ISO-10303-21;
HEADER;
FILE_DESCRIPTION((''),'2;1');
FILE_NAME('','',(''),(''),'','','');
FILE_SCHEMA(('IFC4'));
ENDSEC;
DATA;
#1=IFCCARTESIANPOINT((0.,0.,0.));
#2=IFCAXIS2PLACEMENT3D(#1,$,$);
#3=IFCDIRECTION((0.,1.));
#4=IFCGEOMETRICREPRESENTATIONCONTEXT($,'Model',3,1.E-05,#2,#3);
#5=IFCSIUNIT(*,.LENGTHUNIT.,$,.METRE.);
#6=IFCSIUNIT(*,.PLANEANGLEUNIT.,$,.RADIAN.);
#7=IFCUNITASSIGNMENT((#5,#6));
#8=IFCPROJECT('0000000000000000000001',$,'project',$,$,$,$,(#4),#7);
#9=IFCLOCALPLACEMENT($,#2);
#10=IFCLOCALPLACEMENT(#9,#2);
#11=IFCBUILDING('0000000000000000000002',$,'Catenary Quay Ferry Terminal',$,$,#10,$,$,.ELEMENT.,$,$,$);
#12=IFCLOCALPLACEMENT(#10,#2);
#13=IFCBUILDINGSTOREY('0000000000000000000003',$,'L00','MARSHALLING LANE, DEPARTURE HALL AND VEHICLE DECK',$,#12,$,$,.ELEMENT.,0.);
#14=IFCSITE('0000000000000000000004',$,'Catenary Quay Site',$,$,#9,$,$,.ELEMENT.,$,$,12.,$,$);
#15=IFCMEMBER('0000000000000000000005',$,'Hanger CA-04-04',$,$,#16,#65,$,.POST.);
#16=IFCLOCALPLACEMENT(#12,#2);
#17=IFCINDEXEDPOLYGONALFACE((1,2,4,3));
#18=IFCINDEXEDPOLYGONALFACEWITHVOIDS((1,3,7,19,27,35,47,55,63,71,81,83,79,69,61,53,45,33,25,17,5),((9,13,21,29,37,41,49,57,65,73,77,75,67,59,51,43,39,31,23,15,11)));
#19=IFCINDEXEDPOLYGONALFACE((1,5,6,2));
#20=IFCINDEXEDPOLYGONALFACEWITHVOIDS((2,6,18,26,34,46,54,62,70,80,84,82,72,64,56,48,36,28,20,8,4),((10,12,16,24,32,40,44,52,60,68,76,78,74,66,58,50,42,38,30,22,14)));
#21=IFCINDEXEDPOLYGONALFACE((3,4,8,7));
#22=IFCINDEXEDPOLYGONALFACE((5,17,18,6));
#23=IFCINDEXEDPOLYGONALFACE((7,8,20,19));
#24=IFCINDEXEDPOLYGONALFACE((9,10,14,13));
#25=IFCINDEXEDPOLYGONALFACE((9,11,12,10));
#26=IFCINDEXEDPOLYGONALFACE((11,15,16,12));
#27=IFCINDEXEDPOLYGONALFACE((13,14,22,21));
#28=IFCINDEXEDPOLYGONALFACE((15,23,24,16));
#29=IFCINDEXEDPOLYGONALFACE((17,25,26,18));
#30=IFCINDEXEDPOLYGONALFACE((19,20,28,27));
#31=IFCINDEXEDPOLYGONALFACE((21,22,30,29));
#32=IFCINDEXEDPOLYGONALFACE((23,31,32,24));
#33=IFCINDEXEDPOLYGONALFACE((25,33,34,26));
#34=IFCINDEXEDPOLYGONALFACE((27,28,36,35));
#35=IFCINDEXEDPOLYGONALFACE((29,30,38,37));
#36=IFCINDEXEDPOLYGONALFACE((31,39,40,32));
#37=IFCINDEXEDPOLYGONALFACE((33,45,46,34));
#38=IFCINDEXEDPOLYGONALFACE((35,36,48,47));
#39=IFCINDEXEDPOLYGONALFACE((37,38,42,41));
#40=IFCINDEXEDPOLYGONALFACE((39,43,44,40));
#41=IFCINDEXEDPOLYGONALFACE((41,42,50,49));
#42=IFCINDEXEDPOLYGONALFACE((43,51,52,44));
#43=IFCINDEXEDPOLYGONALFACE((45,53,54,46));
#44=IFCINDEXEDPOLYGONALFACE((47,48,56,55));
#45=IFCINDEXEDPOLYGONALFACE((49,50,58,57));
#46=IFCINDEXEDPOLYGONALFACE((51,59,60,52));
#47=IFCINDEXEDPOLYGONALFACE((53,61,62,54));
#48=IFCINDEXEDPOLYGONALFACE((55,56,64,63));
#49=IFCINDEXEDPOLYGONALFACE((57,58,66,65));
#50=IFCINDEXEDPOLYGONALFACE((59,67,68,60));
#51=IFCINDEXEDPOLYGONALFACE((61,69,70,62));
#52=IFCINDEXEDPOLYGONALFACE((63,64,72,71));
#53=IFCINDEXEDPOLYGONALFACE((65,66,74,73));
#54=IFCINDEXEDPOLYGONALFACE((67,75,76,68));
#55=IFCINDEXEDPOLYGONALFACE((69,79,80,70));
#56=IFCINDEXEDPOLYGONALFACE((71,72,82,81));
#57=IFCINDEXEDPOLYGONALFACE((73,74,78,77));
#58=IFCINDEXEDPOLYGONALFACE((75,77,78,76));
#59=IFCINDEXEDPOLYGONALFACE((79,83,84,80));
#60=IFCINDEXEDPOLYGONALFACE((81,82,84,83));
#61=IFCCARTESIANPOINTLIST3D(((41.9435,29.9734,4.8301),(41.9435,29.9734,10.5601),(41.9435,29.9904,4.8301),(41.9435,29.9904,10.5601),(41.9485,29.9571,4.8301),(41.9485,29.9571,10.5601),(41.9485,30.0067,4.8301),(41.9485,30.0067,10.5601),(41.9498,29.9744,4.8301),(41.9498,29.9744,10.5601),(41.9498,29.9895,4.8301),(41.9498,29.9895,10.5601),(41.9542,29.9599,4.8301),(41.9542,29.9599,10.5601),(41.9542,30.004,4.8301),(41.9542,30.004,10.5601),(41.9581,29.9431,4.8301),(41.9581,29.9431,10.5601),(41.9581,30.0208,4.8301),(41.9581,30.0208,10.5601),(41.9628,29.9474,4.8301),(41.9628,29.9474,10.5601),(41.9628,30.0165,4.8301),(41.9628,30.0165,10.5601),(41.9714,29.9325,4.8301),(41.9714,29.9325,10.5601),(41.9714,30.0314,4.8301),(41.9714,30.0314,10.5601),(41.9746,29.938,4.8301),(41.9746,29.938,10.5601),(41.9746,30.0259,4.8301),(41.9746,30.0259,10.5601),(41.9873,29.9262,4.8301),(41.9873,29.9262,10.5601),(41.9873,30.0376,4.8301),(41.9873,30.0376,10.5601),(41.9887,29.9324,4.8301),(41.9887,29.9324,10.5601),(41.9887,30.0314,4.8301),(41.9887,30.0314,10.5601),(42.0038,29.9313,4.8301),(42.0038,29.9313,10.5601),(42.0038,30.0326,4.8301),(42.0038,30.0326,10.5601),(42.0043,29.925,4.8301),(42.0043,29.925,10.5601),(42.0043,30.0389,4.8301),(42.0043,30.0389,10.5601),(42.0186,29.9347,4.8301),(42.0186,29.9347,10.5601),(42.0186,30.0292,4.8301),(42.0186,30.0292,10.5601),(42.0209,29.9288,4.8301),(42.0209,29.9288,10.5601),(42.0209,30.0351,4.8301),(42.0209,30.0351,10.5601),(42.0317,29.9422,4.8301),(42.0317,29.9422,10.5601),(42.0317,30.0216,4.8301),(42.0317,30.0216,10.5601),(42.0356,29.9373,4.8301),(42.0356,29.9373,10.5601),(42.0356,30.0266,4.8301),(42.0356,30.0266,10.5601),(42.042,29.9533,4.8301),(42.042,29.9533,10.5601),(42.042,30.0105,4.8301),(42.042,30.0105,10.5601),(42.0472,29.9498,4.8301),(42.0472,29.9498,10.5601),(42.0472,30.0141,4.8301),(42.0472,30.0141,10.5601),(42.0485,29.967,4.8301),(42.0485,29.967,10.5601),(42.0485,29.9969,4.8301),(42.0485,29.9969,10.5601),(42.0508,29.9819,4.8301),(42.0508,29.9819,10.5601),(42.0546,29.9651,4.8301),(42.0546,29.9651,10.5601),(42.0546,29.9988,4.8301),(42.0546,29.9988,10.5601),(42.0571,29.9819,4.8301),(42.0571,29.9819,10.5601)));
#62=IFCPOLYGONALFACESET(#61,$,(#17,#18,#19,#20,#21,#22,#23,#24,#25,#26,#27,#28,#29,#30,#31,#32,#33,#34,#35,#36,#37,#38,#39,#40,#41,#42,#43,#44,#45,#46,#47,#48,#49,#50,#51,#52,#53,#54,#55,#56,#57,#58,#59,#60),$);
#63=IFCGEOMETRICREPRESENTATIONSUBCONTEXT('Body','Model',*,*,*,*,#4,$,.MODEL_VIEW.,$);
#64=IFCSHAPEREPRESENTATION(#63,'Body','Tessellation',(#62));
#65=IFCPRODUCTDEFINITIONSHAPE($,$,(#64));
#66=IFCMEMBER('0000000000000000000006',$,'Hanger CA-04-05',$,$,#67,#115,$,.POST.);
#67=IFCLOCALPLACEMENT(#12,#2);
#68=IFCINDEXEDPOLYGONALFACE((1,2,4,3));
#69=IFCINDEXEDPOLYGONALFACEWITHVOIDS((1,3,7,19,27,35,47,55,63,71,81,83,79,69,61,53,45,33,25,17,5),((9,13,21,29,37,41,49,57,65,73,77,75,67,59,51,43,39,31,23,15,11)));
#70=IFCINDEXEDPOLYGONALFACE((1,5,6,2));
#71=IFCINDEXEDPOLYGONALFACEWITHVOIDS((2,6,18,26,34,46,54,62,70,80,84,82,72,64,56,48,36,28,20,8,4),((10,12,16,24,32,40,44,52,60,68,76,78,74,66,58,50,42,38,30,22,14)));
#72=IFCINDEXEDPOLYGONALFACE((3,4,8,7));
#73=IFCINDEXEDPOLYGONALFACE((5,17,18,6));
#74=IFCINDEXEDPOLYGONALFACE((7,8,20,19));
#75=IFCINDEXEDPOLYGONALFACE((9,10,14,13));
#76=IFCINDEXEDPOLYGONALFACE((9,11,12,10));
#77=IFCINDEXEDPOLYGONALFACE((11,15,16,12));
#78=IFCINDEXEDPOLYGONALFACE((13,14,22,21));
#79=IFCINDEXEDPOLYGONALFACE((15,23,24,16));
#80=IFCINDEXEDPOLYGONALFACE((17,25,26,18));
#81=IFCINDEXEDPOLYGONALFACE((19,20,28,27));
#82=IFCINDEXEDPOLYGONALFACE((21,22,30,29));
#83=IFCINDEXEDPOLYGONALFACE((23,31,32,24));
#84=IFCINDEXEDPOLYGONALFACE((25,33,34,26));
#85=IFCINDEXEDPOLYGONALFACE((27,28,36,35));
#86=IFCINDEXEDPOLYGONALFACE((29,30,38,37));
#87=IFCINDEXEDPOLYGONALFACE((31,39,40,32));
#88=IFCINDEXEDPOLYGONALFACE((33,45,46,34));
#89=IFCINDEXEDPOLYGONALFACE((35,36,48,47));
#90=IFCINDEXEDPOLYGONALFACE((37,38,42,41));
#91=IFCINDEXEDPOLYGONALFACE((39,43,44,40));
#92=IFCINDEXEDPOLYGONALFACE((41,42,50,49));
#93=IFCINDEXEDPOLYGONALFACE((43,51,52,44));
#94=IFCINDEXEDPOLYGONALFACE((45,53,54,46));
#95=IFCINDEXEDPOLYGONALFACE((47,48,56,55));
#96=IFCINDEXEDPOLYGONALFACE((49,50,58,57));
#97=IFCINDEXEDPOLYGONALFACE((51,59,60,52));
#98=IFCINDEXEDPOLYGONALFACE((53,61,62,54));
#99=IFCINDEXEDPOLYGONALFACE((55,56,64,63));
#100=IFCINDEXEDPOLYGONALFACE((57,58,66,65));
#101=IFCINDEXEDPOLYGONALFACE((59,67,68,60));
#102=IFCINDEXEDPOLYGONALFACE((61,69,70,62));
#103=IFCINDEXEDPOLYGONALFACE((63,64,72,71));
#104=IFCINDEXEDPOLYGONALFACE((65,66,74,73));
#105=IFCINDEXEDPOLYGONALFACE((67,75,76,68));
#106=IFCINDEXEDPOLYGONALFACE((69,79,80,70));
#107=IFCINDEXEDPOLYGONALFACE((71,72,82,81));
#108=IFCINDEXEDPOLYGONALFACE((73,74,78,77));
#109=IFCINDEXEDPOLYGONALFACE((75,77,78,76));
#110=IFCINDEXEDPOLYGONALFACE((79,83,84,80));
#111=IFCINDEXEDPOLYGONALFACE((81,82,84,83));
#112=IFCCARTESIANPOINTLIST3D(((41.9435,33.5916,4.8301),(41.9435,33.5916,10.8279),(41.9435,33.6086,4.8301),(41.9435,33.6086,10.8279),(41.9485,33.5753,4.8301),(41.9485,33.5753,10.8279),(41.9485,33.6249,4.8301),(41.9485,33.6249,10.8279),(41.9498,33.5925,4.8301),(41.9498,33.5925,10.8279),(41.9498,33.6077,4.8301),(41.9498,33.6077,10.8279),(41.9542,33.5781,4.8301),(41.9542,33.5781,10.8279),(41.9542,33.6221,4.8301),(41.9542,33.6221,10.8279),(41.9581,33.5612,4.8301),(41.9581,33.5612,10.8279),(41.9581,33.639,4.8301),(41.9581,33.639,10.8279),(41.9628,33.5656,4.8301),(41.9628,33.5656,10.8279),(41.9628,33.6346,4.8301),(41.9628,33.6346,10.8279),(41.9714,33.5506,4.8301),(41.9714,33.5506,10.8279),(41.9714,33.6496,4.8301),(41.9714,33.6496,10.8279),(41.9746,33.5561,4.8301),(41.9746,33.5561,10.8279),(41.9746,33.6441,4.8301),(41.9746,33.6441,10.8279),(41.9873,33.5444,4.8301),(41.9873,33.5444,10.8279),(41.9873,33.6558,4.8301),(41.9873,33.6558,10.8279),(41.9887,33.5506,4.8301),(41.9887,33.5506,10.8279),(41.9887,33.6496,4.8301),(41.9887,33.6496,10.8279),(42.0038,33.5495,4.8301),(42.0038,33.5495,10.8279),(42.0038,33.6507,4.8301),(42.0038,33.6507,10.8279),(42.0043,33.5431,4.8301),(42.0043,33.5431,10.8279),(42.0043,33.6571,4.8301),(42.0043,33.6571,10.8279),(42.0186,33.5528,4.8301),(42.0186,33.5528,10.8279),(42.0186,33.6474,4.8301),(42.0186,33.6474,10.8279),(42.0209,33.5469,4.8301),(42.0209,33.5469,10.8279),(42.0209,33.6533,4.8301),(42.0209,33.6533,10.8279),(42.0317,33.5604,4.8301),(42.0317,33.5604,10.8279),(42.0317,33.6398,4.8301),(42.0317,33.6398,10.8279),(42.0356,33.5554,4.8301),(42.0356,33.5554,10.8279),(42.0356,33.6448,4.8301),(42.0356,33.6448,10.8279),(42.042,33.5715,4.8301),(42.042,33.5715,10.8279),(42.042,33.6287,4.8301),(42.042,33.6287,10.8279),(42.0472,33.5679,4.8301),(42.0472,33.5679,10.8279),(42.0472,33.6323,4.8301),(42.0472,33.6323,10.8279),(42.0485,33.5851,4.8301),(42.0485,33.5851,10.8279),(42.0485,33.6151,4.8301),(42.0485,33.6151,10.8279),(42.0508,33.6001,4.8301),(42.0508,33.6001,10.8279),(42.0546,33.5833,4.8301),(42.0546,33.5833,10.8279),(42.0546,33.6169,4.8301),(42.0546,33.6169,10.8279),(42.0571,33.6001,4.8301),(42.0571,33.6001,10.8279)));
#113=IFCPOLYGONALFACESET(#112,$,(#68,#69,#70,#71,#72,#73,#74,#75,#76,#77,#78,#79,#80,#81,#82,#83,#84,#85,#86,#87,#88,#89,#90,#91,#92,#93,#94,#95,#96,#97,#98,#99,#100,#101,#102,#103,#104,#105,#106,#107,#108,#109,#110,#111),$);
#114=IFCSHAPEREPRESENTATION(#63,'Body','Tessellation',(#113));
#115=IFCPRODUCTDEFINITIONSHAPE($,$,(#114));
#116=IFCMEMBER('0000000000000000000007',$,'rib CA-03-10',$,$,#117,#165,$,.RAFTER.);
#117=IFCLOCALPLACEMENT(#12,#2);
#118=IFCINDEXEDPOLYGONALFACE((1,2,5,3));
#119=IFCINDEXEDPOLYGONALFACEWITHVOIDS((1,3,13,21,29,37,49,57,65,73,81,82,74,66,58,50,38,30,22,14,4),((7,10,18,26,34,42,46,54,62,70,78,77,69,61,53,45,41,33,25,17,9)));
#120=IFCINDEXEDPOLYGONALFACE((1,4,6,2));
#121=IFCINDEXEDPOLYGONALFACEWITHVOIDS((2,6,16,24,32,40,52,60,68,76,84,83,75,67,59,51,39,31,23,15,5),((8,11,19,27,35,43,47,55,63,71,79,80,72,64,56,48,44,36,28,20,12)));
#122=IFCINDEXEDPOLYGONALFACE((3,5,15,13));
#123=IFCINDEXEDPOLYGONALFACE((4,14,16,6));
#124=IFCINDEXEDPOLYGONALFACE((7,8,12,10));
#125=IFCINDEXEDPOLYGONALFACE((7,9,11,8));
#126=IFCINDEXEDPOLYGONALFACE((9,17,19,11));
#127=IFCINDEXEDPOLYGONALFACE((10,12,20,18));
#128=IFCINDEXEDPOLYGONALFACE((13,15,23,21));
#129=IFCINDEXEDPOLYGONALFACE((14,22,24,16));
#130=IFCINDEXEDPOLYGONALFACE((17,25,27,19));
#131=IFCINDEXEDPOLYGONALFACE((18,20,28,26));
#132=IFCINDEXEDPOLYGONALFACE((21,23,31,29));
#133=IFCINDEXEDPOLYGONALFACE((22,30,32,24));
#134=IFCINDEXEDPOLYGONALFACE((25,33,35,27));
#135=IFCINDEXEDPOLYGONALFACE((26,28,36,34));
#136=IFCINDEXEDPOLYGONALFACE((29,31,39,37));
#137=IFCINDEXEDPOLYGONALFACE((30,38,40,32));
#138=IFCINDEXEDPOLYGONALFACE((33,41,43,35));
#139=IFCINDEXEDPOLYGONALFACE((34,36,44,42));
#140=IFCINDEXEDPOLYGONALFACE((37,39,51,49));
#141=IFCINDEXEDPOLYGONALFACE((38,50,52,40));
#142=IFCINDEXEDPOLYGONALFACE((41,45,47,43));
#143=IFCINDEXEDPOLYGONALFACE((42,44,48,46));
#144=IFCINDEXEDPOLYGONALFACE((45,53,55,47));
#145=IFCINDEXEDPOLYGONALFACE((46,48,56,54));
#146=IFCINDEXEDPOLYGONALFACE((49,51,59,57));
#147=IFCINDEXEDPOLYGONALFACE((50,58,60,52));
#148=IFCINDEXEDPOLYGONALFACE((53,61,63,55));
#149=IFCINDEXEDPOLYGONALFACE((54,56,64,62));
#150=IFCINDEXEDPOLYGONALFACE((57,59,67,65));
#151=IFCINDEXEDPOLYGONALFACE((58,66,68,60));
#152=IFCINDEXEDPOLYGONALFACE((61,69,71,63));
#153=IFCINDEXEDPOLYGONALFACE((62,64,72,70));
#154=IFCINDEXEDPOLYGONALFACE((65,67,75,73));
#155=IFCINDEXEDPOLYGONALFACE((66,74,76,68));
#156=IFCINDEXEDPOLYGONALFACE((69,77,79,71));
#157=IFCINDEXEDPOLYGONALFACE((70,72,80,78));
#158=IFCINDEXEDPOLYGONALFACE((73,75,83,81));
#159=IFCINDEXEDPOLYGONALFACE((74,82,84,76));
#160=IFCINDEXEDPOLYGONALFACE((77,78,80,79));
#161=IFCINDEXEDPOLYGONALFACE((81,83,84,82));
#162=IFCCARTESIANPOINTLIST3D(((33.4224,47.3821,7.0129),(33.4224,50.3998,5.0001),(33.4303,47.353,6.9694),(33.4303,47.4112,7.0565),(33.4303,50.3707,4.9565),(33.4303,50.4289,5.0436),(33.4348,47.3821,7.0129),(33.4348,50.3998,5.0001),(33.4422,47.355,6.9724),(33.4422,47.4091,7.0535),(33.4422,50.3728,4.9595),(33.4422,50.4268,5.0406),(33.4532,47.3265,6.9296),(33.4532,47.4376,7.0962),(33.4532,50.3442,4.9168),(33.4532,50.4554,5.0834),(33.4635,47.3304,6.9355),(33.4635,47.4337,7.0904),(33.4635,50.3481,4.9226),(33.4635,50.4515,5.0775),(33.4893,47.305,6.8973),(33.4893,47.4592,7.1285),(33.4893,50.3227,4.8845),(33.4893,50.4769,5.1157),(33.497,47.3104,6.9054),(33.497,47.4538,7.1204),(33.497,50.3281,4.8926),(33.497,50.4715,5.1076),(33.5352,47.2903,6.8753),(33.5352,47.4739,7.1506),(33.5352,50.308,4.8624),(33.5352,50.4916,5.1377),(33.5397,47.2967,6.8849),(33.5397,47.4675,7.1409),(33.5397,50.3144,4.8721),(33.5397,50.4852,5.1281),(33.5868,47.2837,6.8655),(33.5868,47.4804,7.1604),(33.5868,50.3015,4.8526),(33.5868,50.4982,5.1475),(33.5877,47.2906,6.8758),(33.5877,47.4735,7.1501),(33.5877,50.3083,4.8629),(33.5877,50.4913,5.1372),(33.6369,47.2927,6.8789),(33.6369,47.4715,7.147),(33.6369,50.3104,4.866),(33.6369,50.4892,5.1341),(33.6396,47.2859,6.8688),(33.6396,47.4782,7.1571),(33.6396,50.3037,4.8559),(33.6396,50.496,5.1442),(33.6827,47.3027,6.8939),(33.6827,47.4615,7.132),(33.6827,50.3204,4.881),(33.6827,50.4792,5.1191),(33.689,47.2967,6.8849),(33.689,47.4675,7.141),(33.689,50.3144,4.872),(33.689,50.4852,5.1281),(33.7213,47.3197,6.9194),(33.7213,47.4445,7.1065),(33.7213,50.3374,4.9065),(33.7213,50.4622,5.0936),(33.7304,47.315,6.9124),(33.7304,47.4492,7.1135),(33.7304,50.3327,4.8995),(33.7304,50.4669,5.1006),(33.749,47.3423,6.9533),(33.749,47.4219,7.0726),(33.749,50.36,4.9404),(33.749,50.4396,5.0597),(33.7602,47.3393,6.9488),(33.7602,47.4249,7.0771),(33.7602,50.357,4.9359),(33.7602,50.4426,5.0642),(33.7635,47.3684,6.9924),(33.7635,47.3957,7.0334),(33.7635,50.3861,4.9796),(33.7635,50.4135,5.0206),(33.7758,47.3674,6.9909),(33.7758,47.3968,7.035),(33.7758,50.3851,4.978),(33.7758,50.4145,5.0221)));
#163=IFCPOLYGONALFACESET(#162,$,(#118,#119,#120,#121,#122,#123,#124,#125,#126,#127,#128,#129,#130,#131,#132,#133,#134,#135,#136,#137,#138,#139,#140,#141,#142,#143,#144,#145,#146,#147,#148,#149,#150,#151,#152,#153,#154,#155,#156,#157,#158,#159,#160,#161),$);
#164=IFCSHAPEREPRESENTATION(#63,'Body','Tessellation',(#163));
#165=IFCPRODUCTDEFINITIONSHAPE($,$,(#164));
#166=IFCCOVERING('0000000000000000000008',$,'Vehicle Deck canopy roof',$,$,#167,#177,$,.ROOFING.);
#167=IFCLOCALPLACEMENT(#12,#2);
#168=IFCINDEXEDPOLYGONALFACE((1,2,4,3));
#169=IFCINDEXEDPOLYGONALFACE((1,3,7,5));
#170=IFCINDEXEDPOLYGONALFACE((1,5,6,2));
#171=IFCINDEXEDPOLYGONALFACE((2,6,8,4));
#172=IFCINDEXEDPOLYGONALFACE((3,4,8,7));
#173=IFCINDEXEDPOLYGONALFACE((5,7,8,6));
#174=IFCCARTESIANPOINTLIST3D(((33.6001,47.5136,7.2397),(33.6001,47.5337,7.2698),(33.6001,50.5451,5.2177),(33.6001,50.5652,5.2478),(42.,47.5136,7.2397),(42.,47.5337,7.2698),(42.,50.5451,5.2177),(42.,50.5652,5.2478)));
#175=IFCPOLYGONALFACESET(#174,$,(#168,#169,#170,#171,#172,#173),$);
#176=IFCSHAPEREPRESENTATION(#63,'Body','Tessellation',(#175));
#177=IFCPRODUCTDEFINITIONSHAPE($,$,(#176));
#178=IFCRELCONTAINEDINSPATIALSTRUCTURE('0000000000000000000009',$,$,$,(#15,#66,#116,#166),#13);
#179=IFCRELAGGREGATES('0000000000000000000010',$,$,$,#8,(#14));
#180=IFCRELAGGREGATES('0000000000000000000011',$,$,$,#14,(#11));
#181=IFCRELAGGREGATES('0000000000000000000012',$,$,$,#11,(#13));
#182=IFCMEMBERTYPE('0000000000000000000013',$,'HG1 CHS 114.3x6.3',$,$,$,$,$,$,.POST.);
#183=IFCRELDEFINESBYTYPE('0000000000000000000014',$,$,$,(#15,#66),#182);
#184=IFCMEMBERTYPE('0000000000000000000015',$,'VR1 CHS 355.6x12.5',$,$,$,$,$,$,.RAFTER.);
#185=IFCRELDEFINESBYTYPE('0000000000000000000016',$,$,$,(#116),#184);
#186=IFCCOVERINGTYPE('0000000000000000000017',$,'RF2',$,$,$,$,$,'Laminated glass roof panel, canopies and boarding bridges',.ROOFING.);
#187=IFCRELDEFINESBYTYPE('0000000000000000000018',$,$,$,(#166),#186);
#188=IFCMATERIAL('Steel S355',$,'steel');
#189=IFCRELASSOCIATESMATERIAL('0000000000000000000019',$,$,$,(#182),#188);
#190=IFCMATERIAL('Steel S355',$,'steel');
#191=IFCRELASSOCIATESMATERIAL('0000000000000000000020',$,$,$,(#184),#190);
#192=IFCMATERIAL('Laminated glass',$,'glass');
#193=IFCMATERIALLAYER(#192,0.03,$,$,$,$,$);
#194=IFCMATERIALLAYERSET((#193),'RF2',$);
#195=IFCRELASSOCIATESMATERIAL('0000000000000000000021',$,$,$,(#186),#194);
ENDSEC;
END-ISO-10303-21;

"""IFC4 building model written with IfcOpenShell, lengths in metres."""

from ifc_helpers import new_model, si_unit, direction, frame, origin, origin_2d, place, context, subcontext, project, spatial, polyline, hollow_circle, outline, extrude, material, layer, layer_set, material_profile, profile_set, type_object, element, save


model = new_model("IFC4")

# Units and contexts
model_context = context("Model", 3, precision=1e-05, world=origin(), true_north=direction((0.0, 1.0)))
body_context = subcontext(model_context, "Body", "Model", "MODEL_VIEW")
ifc_project = project(units=[si_unit("LENGTHUNIT", "METRE"), si_unit("PLANEANGLEUNIT", "RADIAN")], contexts=[model_context])

# Site, building, storey
site_placement = place(None, origin())
site = spatial("IfcSite", under=ifc_project, at=site_placement, Name="Catenary Quay Site", CompositionType="ELEMENT", RefElevation=12.0)
building_placement = place(site_placement, origin())
building = spatial("IfcBuilding", under=site, at=building_placement, Name="Catenary Quay Ferry Terminal", CompositionType="ELEMENT")
storey_placement = place(building_placement, origin())
storey = spatial("IfcBuildingStorey", under=building, at=storey_placement, Name="L00", Description="MARSHALLING LANE, DEPARTURE HALL AND VEHICLE DECK", CompositionType="ELEMENT", Elevation=0.0)

# Members
ifc_material_1 = material(Name="Steel S355", Category="steel")
ifc_material_profile_1 = material_profile(ifc_material_1, hollow_circle(Radius=0.0571, WallThickness=0.0063, at=origin_2d()), Name="CHS 114.3x6.3")
ifc_profile_set_1 = profile_set([ifc_material_profile_1], Name="Steel S355")
member_type_1 = type_object("IfcMemberType", Name="HG1 CHS 114.3x6.3", PredefinedType="POST", material=ifc_profile_set_1)
member_1_placement = place(storey_placement, frame((42.0, 29.9819, 4.8301), z_axis=(0.0, 0.0, 1.0), x_axis=(1.0, 0.0, 0.0)))
element("IfcMember", 1, at=member_1_placement, inside=storey, type_object=member_type_1, Name="Hanger CA-04-04", PredefinedType="POST", context=body_context, shape_type="SweptSolid", body=[
    extrude(hollow_circle(Radius=0.0571, WallThickness=0.0063, at=origin_2d()), origin(), (0.0, 0.0, 1.0), 5.73),
])
member_2_placement = place(storey_placement, frame((42.0, 33.6001, 4.8301), z_axis=(0.0, 0.0, 1.0), x_axis=(1.0, 0.0, 0.0)))
element("IfcMember", 2, at=member_2_placement, inside=storey, type_object=member_type_1, Name="Hanger CA-04-05", PredefinedType="POST", context=body_context, shape_type="SweptSolid", body=[
    extrude(hollow_circle(Radius=0.0571, WallThickness=0.0063, at=origin_2d()), origin(), (0.0, 0.0, 1.0), 5.9978),
])
ifc_material_2 = material(Name="Steel S355", Category="steel")
ifc_material_profile_2 = material_profile(ifc_material_2, hollow_circle(Radius=0.1777, WallThickness=0.0125, at=origin_2d()), Name="CHS 355.6x12.5")
ifc_profile_set_2 = profile_set([ifc_material_profile_2], Name="Steel S355")
member_type_2 = type_object("IfcMemberType", Name="VR1 CHS 355.6x12.5", PredefinedType="RAFTER", material=ifc_profile_set_2)
member_3_placement = place(storey_placement, frame((33.6001, 47.3821, 7.0129), z_axis=(0.0, 0.831916, -0.554902), x_axis=(-1.0, 0.0, 0.0)))
element("IfcMember", 3, at=member_3_placement, inside=storey, type_object=member_type_2, Name="rib CA-03-10", PredefinedType="RAFTER", context=body_context, shape_type="SweptSolid", body=[
    extrude(hollow_circle(Radius=0.1777, WallThickness=0.0125, at=origin_2d()), origin(), (0.0, 0.0, 1.0), 3.6274),
])

# Covering
ifc_material_3 = material(Name="Laminated glass", Category="glass")
ifc_layer = layer(ifc_material_3, 0.03)
ifc_layer_set = layer_set([ifc_layer], Name="RF2")
covering_type = type_object("IfcCoveringType", Name="RF2", ElementType="Laminated glass roof panel, canopies and boarding bridges", PredefinedType="ROOFING", material=ifc_layer_set)
covering_placement = place(storey_placement, frame((33.6001, 47.5337, 7.2698), z_axis=(0.0, 0.554886, 0.831927), x_axis=(1.0, 0.0, 0.0)))
element("IfcCovering", 4, at=covering_placement, inside=storey, type_object=covering_type, Name="Vehicle Deck canopy roof", PredefinedType="ROOFING", context=body_context, shape_type="SweptSolid", body=[
    extrude(outline(polyline([(0.0, 0.0), (8.3999, 0.0), (8.3999, 3.6439), (0.0, 3.6439), (0.0, 0.0)])), origin(), (0.0, 0.0, -1.0), 0.0361),
])

save(model, "model.ifc")
